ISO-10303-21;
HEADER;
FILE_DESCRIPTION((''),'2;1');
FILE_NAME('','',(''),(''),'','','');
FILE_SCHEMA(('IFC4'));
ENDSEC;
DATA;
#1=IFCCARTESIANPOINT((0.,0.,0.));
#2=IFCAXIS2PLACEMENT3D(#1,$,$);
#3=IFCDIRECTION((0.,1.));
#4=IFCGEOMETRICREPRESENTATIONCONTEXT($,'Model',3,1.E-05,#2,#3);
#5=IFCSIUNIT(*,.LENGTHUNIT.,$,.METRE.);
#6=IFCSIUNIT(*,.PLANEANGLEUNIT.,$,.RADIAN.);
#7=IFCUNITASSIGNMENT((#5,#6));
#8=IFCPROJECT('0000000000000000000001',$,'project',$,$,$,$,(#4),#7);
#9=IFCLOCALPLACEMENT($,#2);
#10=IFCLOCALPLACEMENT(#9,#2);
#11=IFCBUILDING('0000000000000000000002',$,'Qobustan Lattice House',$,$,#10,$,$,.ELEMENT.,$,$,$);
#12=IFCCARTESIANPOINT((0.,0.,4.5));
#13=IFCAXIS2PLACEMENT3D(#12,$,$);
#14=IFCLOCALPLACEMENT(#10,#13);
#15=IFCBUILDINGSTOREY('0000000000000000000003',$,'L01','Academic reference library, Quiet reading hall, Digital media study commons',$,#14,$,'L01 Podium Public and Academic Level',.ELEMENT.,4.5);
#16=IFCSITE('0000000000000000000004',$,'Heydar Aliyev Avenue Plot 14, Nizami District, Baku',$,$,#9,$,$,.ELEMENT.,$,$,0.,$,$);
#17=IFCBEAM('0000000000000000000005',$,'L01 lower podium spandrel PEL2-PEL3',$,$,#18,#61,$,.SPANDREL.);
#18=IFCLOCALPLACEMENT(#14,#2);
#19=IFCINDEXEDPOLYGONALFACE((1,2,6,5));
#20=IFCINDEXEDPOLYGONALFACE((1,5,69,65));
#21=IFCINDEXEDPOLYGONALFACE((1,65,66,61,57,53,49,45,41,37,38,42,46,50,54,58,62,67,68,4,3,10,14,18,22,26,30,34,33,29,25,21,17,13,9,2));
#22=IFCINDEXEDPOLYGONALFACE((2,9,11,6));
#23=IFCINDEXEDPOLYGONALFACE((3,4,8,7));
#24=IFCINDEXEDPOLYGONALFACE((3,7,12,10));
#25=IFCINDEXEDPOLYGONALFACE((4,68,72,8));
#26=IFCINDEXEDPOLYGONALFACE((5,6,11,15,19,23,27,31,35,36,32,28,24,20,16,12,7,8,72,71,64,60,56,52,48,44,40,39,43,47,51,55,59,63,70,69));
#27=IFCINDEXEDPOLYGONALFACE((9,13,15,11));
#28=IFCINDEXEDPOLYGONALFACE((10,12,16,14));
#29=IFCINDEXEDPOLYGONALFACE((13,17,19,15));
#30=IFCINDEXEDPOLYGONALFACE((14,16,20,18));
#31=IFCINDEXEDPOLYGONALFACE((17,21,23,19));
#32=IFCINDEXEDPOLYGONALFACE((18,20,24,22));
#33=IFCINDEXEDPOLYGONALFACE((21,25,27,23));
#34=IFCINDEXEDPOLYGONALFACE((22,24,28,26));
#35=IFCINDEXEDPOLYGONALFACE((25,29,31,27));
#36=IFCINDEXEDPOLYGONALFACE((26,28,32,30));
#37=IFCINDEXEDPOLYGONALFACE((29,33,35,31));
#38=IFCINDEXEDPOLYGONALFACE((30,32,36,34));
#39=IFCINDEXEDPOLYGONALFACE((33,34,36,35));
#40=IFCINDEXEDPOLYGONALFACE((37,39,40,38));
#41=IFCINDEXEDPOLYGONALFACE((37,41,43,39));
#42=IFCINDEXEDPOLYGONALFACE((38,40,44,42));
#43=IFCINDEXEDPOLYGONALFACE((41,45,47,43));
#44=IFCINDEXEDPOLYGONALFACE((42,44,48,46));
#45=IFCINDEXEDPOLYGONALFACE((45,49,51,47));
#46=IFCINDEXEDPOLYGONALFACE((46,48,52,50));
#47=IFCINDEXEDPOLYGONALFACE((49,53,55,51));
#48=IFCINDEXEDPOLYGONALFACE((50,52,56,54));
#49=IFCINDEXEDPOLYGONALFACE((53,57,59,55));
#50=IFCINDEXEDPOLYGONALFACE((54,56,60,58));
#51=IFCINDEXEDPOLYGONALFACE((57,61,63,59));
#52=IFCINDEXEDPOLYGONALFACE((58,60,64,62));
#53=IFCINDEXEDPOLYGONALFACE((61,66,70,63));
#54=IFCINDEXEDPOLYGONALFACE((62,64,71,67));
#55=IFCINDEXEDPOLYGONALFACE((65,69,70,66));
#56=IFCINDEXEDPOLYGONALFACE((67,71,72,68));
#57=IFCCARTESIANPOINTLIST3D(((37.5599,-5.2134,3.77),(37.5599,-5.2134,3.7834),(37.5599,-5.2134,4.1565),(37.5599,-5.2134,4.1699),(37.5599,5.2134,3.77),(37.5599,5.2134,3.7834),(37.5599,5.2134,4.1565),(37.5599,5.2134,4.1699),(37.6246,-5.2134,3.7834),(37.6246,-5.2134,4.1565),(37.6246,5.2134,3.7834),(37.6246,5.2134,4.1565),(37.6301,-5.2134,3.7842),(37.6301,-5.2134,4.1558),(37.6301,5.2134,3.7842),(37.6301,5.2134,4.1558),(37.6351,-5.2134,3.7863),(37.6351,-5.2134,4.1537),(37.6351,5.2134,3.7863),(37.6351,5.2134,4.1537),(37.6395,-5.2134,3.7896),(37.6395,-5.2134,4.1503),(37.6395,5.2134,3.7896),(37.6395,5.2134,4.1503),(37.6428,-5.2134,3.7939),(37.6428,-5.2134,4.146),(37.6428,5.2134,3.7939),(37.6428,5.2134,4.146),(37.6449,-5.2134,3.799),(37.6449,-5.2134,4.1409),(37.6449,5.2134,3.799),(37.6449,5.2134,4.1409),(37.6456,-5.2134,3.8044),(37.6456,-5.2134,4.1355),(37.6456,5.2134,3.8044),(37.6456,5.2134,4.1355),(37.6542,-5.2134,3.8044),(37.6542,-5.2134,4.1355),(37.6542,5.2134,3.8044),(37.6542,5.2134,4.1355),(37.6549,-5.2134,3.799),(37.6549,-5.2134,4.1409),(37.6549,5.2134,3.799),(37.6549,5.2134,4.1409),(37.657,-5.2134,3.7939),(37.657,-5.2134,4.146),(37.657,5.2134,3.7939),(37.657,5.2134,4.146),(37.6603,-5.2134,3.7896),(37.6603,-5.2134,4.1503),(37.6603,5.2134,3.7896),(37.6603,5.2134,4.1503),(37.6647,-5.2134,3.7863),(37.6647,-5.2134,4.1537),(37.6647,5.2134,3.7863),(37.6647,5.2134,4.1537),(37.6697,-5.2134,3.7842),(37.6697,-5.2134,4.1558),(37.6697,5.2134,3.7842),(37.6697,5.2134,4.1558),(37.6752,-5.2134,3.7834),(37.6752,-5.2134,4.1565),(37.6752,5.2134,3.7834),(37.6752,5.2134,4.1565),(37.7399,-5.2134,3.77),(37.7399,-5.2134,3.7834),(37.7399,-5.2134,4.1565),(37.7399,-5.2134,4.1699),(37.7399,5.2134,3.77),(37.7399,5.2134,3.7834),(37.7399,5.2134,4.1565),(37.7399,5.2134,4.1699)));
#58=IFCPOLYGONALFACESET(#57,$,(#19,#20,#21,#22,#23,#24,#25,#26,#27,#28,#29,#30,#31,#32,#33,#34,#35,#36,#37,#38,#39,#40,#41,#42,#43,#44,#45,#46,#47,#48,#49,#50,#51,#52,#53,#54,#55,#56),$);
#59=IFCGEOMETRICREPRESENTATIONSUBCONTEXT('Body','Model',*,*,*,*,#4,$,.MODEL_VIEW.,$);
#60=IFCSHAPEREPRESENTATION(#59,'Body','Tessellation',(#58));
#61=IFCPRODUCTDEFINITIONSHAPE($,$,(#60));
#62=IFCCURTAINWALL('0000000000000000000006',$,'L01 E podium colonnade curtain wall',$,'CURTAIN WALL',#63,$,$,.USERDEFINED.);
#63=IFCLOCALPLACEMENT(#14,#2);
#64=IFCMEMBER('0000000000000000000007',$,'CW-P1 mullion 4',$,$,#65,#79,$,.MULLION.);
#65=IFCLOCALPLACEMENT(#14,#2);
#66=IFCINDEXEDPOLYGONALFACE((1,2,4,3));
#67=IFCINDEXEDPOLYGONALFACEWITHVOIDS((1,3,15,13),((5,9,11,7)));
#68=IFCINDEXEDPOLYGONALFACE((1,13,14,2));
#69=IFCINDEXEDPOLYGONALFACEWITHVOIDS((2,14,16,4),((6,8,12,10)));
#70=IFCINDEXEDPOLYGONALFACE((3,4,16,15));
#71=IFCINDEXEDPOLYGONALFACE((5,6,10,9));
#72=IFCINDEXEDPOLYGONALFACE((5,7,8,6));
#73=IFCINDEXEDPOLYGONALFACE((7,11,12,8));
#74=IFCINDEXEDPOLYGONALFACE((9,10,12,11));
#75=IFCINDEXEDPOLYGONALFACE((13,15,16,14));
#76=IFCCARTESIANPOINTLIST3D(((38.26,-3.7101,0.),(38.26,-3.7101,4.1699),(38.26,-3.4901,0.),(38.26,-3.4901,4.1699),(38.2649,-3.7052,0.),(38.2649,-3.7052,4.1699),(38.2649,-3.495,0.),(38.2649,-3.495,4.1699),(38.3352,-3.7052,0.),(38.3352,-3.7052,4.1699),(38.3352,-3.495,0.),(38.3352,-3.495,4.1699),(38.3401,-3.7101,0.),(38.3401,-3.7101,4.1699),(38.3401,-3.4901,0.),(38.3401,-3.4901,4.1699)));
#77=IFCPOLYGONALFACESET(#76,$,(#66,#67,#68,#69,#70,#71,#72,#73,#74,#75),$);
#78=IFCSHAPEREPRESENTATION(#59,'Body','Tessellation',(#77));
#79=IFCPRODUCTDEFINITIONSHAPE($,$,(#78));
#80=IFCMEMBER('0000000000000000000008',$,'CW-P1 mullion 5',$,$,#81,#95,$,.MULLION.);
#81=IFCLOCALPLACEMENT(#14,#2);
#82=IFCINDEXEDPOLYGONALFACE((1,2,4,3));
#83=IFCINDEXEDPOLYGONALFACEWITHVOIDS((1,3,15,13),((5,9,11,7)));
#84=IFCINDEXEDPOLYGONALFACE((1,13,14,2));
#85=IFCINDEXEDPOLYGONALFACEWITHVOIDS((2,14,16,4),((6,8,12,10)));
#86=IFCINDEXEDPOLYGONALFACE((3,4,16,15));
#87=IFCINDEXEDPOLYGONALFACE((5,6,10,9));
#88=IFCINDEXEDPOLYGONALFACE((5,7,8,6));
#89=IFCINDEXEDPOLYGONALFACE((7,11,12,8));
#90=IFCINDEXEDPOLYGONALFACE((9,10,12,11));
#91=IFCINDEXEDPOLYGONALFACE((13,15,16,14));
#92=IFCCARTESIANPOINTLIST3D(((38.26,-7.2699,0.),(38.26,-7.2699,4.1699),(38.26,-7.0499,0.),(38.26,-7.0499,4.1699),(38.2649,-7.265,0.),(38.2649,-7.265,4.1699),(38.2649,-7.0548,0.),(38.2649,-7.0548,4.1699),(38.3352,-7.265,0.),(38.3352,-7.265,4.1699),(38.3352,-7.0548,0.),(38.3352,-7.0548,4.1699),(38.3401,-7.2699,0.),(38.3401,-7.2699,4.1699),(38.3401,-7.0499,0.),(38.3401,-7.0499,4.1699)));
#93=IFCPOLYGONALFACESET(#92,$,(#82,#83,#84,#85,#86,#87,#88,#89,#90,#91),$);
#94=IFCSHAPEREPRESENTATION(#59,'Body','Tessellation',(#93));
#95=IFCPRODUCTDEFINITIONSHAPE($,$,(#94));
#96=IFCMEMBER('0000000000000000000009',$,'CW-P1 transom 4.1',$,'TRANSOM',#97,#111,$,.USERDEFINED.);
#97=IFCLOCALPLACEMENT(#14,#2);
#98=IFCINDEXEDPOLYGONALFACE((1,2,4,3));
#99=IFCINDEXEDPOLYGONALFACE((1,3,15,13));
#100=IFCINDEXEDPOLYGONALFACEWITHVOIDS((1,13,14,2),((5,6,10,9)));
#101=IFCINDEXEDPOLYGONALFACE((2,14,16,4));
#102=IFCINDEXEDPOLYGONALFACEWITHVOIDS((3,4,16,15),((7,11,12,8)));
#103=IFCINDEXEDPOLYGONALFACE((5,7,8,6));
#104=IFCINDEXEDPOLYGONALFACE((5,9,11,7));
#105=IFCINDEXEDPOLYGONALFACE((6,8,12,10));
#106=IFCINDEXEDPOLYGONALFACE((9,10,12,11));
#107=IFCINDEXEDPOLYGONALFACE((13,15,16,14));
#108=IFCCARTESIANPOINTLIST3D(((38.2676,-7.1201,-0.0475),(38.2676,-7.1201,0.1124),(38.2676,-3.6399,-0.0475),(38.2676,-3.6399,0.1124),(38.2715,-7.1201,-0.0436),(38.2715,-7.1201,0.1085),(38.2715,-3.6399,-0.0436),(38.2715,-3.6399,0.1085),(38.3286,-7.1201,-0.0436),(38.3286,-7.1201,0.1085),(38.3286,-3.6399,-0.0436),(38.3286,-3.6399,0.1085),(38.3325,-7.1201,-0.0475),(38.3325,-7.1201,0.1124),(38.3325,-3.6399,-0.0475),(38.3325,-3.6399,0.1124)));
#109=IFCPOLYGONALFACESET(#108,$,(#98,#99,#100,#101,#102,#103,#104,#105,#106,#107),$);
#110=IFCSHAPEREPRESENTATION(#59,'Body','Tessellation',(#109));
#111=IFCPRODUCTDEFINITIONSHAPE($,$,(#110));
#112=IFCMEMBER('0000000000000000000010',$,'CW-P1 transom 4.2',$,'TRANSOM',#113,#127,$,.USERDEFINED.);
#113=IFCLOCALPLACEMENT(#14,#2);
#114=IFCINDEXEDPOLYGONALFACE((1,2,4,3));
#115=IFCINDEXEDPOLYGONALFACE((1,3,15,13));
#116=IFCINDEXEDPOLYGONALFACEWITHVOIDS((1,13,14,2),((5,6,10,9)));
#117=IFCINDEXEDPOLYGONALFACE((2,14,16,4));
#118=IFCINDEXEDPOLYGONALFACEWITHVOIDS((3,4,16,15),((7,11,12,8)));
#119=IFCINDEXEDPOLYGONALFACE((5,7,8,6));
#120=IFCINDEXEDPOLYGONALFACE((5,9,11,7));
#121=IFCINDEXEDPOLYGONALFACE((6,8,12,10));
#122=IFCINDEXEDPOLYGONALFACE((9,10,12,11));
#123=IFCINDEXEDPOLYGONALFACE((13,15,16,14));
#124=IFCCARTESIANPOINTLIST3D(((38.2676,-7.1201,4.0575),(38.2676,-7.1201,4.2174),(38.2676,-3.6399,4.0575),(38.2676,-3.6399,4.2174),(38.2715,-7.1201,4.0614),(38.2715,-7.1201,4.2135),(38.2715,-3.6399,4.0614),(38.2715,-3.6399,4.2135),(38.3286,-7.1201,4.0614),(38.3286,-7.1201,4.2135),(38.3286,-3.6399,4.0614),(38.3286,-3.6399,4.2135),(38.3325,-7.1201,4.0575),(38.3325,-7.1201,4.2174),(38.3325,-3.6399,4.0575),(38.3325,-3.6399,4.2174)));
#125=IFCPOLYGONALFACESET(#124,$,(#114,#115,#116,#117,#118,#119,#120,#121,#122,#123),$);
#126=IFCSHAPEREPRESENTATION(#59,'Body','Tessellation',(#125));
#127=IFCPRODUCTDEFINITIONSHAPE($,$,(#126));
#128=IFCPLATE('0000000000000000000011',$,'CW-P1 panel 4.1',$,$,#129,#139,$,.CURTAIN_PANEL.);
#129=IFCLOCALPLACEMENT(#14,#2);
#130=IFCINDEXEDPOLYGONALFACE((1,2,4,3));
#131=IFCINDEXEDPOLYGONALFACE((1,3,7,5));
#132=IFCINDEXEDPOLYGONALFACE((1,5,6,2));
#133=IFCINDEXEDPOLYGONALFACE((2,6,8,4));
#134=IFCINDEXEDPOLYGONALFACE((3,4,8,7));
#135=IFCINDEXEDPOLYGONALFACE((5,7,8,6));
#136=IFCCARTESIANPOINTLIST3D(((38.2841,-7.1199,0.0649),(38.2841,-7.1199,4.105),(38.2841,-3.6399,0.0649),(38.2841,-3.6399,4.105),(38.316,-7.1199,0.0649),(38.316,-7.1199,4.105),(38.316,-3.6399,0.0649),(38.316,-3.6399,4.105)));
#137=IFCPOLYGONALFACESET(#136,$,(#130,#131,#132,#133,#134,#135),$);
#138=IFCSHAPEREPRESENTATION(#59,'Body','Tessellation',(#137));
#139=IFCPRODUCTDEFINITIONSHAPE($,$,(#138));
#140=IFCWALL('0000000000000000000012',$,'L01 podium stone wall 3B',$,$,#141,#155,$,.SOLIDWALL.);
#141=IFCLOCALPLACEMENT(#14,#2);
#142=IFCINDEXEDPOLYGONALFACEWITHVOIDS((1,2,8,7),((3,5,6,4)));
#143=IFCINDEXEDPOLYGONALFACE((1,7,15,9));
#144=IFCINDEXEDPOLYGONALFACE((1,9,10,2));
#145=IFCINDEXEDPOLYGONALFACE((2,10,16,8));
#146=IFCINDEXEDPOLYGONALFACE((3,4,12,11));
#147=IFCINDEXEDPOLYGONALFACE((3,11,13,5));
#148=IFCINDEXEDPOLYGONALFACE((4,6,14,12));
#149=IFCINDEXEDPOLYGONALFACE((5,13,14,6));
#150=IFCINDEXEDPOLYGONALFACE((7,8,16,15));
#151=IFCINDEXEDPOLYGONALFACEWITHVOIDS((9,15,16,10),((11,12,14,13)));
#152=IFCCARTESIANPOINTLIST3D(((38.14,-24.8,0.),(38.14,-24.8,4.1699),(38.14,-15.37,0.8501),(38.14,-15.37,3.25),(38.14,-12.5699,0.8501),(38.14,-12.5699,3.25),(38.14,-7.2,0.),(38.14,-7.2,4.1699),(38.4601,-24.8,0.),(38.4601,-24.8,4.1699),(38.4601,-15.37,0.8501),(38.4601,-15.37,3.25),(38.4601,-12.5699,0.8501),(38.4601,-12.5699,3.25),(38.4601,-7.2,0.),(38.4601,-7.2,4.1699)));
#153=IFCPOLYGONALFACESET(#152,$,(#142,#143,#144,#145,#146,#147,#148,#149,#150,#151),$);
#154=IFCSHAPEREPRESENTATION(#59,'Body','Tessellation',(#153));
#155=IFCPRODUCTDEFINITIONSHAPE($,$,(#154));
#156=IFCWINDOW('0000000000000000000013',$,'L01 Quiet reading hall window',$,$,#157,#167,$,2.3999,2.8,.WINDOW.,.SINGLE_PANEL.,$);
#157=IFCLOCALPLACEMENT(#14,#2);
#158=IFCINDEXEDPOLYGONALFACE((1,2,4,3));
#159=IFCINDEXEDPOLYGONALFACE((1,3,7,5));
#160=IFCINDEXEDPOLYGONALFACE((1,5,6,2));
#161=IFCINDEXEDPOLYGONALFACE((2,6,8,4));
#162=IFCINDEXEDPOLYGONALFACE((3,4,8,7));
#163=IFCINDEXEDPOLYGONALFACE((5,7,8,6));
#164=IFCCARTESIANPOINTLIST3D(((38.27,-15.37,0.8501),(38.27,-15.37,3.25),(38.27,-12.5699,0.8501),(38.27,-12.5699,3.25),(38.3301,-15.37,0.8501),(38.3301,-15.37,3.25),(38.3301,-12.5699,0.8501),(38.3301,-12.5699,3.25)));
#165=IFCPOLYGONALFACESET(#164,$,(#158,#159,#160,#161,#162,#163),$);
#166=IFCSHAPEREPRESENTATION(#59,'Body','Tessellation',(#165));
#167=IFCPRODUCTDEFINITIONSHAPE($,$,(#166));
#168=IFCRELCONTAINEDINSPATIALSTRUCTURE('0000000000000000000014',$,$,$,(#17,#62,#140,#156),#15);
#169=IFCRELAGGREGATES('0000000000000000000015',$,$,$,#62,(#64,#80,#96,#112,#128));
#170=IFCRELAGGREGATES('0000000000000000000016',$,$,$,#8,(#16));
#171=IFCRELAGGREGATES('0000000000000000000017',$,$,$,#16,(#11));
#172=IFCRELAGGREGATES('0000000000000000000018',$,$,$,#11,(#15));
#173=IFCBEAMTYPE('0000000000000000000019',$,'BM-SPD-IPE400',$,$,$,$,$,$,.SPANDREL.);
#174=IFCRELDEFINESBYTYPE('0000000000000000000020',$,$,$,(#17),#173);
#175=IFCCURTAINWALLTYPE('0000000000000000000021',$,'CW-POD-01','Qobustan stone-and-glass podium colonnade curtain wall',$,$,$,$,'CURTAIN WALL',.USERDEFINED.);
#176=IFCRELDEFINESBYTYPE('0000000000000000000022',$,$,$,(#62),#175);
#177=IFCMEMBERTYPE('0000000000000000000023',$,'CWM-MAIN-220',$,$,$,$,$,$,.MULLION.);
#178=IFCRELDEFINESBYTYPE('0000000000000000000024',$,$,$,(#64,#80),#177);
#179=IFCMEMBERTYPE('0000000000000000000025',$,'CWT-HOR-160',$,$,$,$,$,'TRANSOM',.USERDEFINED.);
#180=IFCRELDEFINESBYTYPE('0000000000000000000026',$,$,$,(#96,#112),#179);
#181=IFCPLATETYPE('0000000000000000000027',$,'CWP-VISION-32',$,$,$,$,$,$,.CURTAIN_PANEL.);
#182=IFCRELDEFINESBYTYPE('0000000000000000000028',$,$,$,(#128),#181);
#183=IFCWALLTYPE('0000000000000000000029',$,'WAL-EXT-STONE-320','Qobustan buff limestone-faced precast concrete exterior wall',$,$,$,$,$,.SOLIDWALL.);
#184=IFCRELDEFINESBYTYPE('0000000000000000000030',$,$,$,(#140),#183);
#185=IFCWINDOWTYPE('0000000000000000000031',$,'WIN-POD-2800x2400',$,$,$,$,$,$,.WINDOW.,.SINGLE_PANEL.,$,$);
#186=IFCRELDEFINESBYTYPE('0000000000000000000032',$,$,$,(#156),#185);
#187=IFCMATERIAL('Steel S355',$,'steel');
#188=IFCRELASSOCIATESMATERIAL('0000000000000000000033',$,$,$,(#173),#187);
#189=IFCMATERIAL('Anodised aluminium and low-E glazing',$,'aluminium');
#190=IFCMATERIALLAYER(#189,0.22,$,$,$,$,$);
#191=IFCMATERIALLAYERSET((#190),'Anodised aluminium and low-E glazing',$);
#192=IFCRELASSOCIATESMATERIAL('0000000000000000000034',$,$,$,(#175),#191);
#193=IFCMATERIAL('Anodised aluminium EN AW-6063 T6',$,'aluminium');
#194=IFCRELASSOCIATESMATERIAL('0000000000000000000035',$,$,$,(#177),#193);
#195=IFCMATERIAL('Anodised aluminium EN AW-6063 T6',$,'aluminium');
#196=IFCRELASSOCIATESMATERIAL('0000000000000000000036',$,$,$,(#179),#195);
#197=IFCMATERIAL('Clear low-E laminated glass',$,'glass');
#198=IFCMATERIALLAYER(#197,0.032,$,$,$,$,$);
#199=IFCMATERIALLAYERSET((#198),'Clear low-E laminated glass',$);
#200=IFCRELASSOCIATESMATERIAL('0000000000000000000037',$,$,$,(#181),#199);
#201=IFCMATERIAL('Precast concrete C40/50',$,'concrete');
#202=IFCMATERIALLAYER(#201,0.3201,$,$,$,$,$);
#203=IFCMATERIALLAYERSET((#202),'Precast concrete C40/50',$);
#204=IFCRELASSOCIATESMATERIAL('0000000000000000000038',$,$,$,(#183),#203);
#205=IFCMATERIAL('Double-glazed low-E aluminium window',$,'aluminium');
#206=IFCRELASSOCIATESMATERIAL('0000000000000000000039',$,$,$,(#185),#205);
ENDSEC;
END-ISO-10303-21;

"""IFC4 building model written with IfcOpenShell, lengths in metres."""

from ifc_helpers import new_model, si_unit, direction, frame, frame_2d, origin, origin_2d, place, context, subcontext, project, spatial, rectangle, hollow_rectangle, i_section, extrude, material, layer, layer_set, material_profile, profile_set, type_object, element, fill, aggregate, save


model = new_model("IFC4")

# Units and contexts
model_context = context("Model", 3, precision=1e-05, world=origin(), true_north=direction((0.0, 1.0)))
body_context = subcontext(model_context, "Body", "Model", "MODEL_VIEW")
ifc_project = project(units=[si_unit("LENGTHUNIT", "METRE"), si_unit("PLANEANGLEUNIT", "RADIAN")], contexts=[model_context])

# Site, building, storey
site_placement = place(None, origin())
site = spatial("IfcSite", under=ifc_project, at=site_placement, Name="Heydar Aliyev Avenue Plot 14, Nizami District, Baku", CompositionType="ELEMENT", RefElevation=0.0)
building_placement = place(site_placement, origin())
building = spatial("IfcBuilding", under=site, at=building_placement, Name="Qobustan Lattice House", CompositionType="ELEMENT")
storey_placement = place(building_placement, frame((0.0, 0.0, 4.5)))
storey = spatial("IfcBuildingStorey", under=building, at=storey_placement, Name="L01", Description="Academic reference library, Quiet reading hall, Digital media study commons", LongName="L01 Podium Public and Academic Level", CompositionType="ELEMENT", Elevation=4.5)

# Beam
ifc_material_1 = material(Name="Steel S355", Category="steel")
ifc_material_profile_1 = material_profile(ifc_material_1, i_section(OverallWidth=0.1799, OverallDepth=0.3999, WebThickness=0.0085, FlangeThickness=0.0134, FilletRadius=0.021, at=origin_2d()), Name="IPE400")
ifc_profile_set_1 = profile_set([ifc_material_profile_1], Name="Steel S355")
beam_type_1 = type_object("IfcBeamType", Name="BM-SPD-IPE400", PredefinedType="SPANDREL", material=ifc_profile_set_1)
beam_1_placement = place(storey_placement, frame((37.6499, -5.2134, 3.97), z_axis=(0.0, 1.0, 0.0), x_axis=(-1.0, 0.0, 0.0)))
element("IfcBeam", 1, at=beam_1_placement, inside=storey, type_object=beam_type_1, Name="L01 lower podium spandrel PEL2-PEL3", PredefinedType="SPANDREL", context=body_context, shape_type="SweptSolid", body=[
    extrude(i_section(OverallWidth=0.1799, OverallDepth=0.3999, WebThickness=0.0085, FlangeThickness=0.0134, FilletRadius=0.021, at=origin_2d()), origin(), (0.0, 0.0, 1.0), 10.4268),
])

# Curtain wall, members, plate
ifc_material_2 = material(Name="Anodised aluminium and low-E glazing", Category="aluminium")
ifc_layer_1 = layer(ifc_material_2, 0.22)
ifc_layer_set_1 = layer_set([ifc_layer_1], Name="Anodised aluminium and low-E glazing")
curtain_wall_type = type_object("IfcCurtainWallType", Name="CW-POD-01", Description="Qobustan stone-and-glass podium colonnade curtain wall", ElementType="CURTAIN WALL", PredefinedType="USERDEFINED", material=ifc_layer_set_1)
curtain_wall_placement = place(storey_placement, origin())
curtain_wall = element("IfcCurtainWall", 2, at=curtain_wall_placement, inside=storey, type_object=curtain_wall_type, Name="L01 E podium colonnade curtain wall", ObjectType="CURTAIN WALL", PredefinedType="USERDEFINED")
ifc_material_3 = material(Name="Anodised aluminium EN AW-6063 T6", Category="aluminium")
ifc_material_profile_2 = material_profile(ifc_material_3, hollow_rectangle(XDim=0.0801, YDim=0.22, WallThickness=0.0049, at=origin_2d()), Name="CWM-220x80")
ifc_profile_set_2 = profile_set([ifc_material_profile_2], Name="Anodised aluminium EN AW-6063 T6")
member_type_1 = type_object("IfcMemberType", Name="CWM-MAIN-220", PredefinedType="MULLION", material=ifc_profile_set_2)
member_1_placement = place(storey_placement, frame((38.3, -3.6001, 0.0), z_axis=(0.0, 0.0, 1.0), x_axis=(1.0, 0.0, 0.0)))
member_1 = element("IfcMember", 3, at=member_1_placement, type_object=member_type_1, Name="CW-P1 mullion 4", PredefinedType="MULLION", context=body_context, shape_type="SweptSolid", body=[
    extrude(hollow_rectangle(XDim=0.0801, YDim=0.22, WallThickness=0.0049, at=origin_2d()), origin(), (0.0, 0.0, 1.0), 4.1699),
])
member_2_placement = place(storey_placement, frame((38.3, -7.1599, 0.0), z_axis=(0.0, 0.0, 1.0), x_axis=(1.0, 0.0, 0.0)))
member_2 = element("IfcMember", 4, at=member_2_placement, type_object=member_type_1, Name="CW-P1 mullion 5", PredefinedType="MULLION", context=body_context, shape_type="SweptSolid", body=[
    extrude(hollow_rectangle(XDim=0.0801, YDim=0.22, WallThickness=0.0049, at=origin_2d()), origin(), (0.0, 0.0, 1.0), 4.1699),
])
ifc_material_4 = material(Name="Anodised aluminium EN AW-6063 T6", Category="aluminium")
ifc_material_profile_3 = material_profile(ifc_material_4, hollow_rectangle(XDim=0.0649, YDim=0.1599, WallThickness=0.0039, at=origin_2d()), Name="CWT-160x65")
ifc_profile_set_3 = profile_set([ifc_material_profile_3], Name="Anodised aluminium EN AW-6063 T6")
member_type_2 = type_object("IfcMemberType", Name="CWT-HOR-160", ElementType="TRANSOM", PredefinedType="USERDEFINED", material=ifc_profile_set_3)
member_3_placement = place(storey_placement, frame((38.3, -3.6399, 0.0325), z_axis=(0.0, -1.0, 0.0), x_axis=(1.0, 0.0, 0.0)))
member_3 = element("IfcMember", 5, at=member_3_placement, type_object=member_type_2, Name="CW-P1 transom 4.1", ObjectType="TRANSOM", PredefinedType="USERDEFINED", context=body_context, shape_type="SweptSolid", body=[
    extrude(hollow_rectangle(XDim=0.0649, YDim=0.1599, WallThickness=0.0039, at=origin_2d()), origin(), (0.0, 0.0, 1.0), 3.4802),
])
member_4_placement = place(storey_placement, frame((38.3, -3.6399, 4.1375), z_axis=(0.0, -1.0, 0.0), x_axis=(1.0, 0.0, 0.0)))
member_4 = element("IfcMember", 6, at=member_4_placement, type_object=member_type_2, Name="CW-P1 transom 4.2", ObjectType="TRANSOM", PredefinedType="USERDEFINED", context=body_context, shape_type="SweptSolid", body=[
    extrude(hollow_rectangle(XDim=0.0649, YDim=0.1599, WallThickness=0.0039, at=origin_2d()), origin(), (0.0, 0.0, 1.0), 3.4802),
])
ifc_material_5 = material(Name="Clear low-E laminated glass", Category="glass")
ifc_layer_2 = layer(ifc_material_5, 0.032)
ifc_layer_set_2 = layer_set([ifc_layer_2], Name="Clear low-E laminated glass")
plate_type = type_object("IfcPlateType", Name="CWP-VISION-32", PredefinedType="CURTAIN_PANEL", material=ifc_layer_set_2)
plate_placement = place(storey_placement, frame((38.3, -5.3799, 0.0649), z_axis=(0.0, 0.0, 1.0), x_axis=(0.0, -1.0, 0.0)))
plate = element("IfcPlate", 7, at=plate_placement, type_object=plate_type, Name="CW-P1 panel 4.1", PredefinedType="CURTAIN_PANEL", context=body_context, shape_type="SweptSolid", body=[
    extrude(rectangle(XDim=3.48, YDim=0.032, at=origin_2d()), origin(), (0.0, 0.0, 1.0), 4.04),
])
aggregate(curtain_wall, [member_1, member_2, member_3, member_4, plate])

# Wall, opening, window
ifc_material_6 = material(Name="Precast concrete C40/50", Category="concrete")
ifc_layer_3 = layer(ifc_material_6, 0.3201)
ifc_layer_set_3 = layer_set([ifc_layer_3], Name="Precast concrete C40/50")
wall_type_1 = type_object("IfcWallType", Name="WAL-EXT-STONE-320", Description="Qobustan buff limestone-faced precast concrete exterior wall", PredefinedType="SOLIDWALL", material=ifc_layer_set_3)
wall_1_placement = place(storey_placement, frame((38.3, -7.2, 0.0), z_axis=(0.0, 0.0, 1.0), x_axis=(0.0, -1.0, 0.0)))
wall_1 = element("IfcWall", 8, at=wall_1_placement, inside=storey, type_object=wall_type_1, Name="L01 podium stone wall 3B", PredefinedType="SOLIDWALL", context=body_context, shape_type="SweptSolid", body=[
    extrude(rectangle(XDim=17.6001, YDim=0.3201, at=frame_2d((8.8, 0.0))), origin(), (0.0, 0.0, 1.0), 4.1699),
])
opening_1_placement = place(wall_1_placement, frame((5.3701, 0.0, 0.8501)))
opening_1 = element("IfcOpeningElement", 9, at=opening_1_placement, cuts=wall_1, PredefinedType="OPENING", context=body_context, shape_type="SweptSolid", body=[
    extrude(rectangle(XDim=2.8, YDim=2.3999, at=frame_2d((1.3999, 1.2))), frame((0.0, 0.1699, 0.0), z_axis=(0.0, -1.0, 0.0), x_axis=(1.0, 0.0, 0.0)), (0.0, 0.0, 1.0), 0.3401),
])
ifc_material_7 = material(Name="Double-glazed low-E aluminium window", Category="aluminium")
window_type = type_object("IfcWindowType", Name="WIN-POD-2800x2400", PartitioningType="SINGLE_PANEL", PredefinedType="WINDOW", material=ifc_material_7)
window_placement = place(opening_1_placement, origin())
window = element("IfcWindow", 10, at=window_placement, inside=storey, type_object=window_type, Name="L01 Quiet reading hall window", OverallHeight=2.3999, OverallWidth=2.8, PartitioningType="SINGLE_PANEL", PredefinedType="WINDOW", context=body_context, shape_type="SweptSolid", body=[
    extrude(rectangle(XDim=2.8, YDim=2.3999, at=frame_2d((1.3999, 1.2))), frame((0.0, 0.03, 0.0), z_axis=(0.0, -1.0, 0.0), x_axis=(1.0, 0.0, 0.0)), (0.0, 0.0, 1.0), 0.0601),
])
fill(opening_1, window)

save(model, "model.ifc")
